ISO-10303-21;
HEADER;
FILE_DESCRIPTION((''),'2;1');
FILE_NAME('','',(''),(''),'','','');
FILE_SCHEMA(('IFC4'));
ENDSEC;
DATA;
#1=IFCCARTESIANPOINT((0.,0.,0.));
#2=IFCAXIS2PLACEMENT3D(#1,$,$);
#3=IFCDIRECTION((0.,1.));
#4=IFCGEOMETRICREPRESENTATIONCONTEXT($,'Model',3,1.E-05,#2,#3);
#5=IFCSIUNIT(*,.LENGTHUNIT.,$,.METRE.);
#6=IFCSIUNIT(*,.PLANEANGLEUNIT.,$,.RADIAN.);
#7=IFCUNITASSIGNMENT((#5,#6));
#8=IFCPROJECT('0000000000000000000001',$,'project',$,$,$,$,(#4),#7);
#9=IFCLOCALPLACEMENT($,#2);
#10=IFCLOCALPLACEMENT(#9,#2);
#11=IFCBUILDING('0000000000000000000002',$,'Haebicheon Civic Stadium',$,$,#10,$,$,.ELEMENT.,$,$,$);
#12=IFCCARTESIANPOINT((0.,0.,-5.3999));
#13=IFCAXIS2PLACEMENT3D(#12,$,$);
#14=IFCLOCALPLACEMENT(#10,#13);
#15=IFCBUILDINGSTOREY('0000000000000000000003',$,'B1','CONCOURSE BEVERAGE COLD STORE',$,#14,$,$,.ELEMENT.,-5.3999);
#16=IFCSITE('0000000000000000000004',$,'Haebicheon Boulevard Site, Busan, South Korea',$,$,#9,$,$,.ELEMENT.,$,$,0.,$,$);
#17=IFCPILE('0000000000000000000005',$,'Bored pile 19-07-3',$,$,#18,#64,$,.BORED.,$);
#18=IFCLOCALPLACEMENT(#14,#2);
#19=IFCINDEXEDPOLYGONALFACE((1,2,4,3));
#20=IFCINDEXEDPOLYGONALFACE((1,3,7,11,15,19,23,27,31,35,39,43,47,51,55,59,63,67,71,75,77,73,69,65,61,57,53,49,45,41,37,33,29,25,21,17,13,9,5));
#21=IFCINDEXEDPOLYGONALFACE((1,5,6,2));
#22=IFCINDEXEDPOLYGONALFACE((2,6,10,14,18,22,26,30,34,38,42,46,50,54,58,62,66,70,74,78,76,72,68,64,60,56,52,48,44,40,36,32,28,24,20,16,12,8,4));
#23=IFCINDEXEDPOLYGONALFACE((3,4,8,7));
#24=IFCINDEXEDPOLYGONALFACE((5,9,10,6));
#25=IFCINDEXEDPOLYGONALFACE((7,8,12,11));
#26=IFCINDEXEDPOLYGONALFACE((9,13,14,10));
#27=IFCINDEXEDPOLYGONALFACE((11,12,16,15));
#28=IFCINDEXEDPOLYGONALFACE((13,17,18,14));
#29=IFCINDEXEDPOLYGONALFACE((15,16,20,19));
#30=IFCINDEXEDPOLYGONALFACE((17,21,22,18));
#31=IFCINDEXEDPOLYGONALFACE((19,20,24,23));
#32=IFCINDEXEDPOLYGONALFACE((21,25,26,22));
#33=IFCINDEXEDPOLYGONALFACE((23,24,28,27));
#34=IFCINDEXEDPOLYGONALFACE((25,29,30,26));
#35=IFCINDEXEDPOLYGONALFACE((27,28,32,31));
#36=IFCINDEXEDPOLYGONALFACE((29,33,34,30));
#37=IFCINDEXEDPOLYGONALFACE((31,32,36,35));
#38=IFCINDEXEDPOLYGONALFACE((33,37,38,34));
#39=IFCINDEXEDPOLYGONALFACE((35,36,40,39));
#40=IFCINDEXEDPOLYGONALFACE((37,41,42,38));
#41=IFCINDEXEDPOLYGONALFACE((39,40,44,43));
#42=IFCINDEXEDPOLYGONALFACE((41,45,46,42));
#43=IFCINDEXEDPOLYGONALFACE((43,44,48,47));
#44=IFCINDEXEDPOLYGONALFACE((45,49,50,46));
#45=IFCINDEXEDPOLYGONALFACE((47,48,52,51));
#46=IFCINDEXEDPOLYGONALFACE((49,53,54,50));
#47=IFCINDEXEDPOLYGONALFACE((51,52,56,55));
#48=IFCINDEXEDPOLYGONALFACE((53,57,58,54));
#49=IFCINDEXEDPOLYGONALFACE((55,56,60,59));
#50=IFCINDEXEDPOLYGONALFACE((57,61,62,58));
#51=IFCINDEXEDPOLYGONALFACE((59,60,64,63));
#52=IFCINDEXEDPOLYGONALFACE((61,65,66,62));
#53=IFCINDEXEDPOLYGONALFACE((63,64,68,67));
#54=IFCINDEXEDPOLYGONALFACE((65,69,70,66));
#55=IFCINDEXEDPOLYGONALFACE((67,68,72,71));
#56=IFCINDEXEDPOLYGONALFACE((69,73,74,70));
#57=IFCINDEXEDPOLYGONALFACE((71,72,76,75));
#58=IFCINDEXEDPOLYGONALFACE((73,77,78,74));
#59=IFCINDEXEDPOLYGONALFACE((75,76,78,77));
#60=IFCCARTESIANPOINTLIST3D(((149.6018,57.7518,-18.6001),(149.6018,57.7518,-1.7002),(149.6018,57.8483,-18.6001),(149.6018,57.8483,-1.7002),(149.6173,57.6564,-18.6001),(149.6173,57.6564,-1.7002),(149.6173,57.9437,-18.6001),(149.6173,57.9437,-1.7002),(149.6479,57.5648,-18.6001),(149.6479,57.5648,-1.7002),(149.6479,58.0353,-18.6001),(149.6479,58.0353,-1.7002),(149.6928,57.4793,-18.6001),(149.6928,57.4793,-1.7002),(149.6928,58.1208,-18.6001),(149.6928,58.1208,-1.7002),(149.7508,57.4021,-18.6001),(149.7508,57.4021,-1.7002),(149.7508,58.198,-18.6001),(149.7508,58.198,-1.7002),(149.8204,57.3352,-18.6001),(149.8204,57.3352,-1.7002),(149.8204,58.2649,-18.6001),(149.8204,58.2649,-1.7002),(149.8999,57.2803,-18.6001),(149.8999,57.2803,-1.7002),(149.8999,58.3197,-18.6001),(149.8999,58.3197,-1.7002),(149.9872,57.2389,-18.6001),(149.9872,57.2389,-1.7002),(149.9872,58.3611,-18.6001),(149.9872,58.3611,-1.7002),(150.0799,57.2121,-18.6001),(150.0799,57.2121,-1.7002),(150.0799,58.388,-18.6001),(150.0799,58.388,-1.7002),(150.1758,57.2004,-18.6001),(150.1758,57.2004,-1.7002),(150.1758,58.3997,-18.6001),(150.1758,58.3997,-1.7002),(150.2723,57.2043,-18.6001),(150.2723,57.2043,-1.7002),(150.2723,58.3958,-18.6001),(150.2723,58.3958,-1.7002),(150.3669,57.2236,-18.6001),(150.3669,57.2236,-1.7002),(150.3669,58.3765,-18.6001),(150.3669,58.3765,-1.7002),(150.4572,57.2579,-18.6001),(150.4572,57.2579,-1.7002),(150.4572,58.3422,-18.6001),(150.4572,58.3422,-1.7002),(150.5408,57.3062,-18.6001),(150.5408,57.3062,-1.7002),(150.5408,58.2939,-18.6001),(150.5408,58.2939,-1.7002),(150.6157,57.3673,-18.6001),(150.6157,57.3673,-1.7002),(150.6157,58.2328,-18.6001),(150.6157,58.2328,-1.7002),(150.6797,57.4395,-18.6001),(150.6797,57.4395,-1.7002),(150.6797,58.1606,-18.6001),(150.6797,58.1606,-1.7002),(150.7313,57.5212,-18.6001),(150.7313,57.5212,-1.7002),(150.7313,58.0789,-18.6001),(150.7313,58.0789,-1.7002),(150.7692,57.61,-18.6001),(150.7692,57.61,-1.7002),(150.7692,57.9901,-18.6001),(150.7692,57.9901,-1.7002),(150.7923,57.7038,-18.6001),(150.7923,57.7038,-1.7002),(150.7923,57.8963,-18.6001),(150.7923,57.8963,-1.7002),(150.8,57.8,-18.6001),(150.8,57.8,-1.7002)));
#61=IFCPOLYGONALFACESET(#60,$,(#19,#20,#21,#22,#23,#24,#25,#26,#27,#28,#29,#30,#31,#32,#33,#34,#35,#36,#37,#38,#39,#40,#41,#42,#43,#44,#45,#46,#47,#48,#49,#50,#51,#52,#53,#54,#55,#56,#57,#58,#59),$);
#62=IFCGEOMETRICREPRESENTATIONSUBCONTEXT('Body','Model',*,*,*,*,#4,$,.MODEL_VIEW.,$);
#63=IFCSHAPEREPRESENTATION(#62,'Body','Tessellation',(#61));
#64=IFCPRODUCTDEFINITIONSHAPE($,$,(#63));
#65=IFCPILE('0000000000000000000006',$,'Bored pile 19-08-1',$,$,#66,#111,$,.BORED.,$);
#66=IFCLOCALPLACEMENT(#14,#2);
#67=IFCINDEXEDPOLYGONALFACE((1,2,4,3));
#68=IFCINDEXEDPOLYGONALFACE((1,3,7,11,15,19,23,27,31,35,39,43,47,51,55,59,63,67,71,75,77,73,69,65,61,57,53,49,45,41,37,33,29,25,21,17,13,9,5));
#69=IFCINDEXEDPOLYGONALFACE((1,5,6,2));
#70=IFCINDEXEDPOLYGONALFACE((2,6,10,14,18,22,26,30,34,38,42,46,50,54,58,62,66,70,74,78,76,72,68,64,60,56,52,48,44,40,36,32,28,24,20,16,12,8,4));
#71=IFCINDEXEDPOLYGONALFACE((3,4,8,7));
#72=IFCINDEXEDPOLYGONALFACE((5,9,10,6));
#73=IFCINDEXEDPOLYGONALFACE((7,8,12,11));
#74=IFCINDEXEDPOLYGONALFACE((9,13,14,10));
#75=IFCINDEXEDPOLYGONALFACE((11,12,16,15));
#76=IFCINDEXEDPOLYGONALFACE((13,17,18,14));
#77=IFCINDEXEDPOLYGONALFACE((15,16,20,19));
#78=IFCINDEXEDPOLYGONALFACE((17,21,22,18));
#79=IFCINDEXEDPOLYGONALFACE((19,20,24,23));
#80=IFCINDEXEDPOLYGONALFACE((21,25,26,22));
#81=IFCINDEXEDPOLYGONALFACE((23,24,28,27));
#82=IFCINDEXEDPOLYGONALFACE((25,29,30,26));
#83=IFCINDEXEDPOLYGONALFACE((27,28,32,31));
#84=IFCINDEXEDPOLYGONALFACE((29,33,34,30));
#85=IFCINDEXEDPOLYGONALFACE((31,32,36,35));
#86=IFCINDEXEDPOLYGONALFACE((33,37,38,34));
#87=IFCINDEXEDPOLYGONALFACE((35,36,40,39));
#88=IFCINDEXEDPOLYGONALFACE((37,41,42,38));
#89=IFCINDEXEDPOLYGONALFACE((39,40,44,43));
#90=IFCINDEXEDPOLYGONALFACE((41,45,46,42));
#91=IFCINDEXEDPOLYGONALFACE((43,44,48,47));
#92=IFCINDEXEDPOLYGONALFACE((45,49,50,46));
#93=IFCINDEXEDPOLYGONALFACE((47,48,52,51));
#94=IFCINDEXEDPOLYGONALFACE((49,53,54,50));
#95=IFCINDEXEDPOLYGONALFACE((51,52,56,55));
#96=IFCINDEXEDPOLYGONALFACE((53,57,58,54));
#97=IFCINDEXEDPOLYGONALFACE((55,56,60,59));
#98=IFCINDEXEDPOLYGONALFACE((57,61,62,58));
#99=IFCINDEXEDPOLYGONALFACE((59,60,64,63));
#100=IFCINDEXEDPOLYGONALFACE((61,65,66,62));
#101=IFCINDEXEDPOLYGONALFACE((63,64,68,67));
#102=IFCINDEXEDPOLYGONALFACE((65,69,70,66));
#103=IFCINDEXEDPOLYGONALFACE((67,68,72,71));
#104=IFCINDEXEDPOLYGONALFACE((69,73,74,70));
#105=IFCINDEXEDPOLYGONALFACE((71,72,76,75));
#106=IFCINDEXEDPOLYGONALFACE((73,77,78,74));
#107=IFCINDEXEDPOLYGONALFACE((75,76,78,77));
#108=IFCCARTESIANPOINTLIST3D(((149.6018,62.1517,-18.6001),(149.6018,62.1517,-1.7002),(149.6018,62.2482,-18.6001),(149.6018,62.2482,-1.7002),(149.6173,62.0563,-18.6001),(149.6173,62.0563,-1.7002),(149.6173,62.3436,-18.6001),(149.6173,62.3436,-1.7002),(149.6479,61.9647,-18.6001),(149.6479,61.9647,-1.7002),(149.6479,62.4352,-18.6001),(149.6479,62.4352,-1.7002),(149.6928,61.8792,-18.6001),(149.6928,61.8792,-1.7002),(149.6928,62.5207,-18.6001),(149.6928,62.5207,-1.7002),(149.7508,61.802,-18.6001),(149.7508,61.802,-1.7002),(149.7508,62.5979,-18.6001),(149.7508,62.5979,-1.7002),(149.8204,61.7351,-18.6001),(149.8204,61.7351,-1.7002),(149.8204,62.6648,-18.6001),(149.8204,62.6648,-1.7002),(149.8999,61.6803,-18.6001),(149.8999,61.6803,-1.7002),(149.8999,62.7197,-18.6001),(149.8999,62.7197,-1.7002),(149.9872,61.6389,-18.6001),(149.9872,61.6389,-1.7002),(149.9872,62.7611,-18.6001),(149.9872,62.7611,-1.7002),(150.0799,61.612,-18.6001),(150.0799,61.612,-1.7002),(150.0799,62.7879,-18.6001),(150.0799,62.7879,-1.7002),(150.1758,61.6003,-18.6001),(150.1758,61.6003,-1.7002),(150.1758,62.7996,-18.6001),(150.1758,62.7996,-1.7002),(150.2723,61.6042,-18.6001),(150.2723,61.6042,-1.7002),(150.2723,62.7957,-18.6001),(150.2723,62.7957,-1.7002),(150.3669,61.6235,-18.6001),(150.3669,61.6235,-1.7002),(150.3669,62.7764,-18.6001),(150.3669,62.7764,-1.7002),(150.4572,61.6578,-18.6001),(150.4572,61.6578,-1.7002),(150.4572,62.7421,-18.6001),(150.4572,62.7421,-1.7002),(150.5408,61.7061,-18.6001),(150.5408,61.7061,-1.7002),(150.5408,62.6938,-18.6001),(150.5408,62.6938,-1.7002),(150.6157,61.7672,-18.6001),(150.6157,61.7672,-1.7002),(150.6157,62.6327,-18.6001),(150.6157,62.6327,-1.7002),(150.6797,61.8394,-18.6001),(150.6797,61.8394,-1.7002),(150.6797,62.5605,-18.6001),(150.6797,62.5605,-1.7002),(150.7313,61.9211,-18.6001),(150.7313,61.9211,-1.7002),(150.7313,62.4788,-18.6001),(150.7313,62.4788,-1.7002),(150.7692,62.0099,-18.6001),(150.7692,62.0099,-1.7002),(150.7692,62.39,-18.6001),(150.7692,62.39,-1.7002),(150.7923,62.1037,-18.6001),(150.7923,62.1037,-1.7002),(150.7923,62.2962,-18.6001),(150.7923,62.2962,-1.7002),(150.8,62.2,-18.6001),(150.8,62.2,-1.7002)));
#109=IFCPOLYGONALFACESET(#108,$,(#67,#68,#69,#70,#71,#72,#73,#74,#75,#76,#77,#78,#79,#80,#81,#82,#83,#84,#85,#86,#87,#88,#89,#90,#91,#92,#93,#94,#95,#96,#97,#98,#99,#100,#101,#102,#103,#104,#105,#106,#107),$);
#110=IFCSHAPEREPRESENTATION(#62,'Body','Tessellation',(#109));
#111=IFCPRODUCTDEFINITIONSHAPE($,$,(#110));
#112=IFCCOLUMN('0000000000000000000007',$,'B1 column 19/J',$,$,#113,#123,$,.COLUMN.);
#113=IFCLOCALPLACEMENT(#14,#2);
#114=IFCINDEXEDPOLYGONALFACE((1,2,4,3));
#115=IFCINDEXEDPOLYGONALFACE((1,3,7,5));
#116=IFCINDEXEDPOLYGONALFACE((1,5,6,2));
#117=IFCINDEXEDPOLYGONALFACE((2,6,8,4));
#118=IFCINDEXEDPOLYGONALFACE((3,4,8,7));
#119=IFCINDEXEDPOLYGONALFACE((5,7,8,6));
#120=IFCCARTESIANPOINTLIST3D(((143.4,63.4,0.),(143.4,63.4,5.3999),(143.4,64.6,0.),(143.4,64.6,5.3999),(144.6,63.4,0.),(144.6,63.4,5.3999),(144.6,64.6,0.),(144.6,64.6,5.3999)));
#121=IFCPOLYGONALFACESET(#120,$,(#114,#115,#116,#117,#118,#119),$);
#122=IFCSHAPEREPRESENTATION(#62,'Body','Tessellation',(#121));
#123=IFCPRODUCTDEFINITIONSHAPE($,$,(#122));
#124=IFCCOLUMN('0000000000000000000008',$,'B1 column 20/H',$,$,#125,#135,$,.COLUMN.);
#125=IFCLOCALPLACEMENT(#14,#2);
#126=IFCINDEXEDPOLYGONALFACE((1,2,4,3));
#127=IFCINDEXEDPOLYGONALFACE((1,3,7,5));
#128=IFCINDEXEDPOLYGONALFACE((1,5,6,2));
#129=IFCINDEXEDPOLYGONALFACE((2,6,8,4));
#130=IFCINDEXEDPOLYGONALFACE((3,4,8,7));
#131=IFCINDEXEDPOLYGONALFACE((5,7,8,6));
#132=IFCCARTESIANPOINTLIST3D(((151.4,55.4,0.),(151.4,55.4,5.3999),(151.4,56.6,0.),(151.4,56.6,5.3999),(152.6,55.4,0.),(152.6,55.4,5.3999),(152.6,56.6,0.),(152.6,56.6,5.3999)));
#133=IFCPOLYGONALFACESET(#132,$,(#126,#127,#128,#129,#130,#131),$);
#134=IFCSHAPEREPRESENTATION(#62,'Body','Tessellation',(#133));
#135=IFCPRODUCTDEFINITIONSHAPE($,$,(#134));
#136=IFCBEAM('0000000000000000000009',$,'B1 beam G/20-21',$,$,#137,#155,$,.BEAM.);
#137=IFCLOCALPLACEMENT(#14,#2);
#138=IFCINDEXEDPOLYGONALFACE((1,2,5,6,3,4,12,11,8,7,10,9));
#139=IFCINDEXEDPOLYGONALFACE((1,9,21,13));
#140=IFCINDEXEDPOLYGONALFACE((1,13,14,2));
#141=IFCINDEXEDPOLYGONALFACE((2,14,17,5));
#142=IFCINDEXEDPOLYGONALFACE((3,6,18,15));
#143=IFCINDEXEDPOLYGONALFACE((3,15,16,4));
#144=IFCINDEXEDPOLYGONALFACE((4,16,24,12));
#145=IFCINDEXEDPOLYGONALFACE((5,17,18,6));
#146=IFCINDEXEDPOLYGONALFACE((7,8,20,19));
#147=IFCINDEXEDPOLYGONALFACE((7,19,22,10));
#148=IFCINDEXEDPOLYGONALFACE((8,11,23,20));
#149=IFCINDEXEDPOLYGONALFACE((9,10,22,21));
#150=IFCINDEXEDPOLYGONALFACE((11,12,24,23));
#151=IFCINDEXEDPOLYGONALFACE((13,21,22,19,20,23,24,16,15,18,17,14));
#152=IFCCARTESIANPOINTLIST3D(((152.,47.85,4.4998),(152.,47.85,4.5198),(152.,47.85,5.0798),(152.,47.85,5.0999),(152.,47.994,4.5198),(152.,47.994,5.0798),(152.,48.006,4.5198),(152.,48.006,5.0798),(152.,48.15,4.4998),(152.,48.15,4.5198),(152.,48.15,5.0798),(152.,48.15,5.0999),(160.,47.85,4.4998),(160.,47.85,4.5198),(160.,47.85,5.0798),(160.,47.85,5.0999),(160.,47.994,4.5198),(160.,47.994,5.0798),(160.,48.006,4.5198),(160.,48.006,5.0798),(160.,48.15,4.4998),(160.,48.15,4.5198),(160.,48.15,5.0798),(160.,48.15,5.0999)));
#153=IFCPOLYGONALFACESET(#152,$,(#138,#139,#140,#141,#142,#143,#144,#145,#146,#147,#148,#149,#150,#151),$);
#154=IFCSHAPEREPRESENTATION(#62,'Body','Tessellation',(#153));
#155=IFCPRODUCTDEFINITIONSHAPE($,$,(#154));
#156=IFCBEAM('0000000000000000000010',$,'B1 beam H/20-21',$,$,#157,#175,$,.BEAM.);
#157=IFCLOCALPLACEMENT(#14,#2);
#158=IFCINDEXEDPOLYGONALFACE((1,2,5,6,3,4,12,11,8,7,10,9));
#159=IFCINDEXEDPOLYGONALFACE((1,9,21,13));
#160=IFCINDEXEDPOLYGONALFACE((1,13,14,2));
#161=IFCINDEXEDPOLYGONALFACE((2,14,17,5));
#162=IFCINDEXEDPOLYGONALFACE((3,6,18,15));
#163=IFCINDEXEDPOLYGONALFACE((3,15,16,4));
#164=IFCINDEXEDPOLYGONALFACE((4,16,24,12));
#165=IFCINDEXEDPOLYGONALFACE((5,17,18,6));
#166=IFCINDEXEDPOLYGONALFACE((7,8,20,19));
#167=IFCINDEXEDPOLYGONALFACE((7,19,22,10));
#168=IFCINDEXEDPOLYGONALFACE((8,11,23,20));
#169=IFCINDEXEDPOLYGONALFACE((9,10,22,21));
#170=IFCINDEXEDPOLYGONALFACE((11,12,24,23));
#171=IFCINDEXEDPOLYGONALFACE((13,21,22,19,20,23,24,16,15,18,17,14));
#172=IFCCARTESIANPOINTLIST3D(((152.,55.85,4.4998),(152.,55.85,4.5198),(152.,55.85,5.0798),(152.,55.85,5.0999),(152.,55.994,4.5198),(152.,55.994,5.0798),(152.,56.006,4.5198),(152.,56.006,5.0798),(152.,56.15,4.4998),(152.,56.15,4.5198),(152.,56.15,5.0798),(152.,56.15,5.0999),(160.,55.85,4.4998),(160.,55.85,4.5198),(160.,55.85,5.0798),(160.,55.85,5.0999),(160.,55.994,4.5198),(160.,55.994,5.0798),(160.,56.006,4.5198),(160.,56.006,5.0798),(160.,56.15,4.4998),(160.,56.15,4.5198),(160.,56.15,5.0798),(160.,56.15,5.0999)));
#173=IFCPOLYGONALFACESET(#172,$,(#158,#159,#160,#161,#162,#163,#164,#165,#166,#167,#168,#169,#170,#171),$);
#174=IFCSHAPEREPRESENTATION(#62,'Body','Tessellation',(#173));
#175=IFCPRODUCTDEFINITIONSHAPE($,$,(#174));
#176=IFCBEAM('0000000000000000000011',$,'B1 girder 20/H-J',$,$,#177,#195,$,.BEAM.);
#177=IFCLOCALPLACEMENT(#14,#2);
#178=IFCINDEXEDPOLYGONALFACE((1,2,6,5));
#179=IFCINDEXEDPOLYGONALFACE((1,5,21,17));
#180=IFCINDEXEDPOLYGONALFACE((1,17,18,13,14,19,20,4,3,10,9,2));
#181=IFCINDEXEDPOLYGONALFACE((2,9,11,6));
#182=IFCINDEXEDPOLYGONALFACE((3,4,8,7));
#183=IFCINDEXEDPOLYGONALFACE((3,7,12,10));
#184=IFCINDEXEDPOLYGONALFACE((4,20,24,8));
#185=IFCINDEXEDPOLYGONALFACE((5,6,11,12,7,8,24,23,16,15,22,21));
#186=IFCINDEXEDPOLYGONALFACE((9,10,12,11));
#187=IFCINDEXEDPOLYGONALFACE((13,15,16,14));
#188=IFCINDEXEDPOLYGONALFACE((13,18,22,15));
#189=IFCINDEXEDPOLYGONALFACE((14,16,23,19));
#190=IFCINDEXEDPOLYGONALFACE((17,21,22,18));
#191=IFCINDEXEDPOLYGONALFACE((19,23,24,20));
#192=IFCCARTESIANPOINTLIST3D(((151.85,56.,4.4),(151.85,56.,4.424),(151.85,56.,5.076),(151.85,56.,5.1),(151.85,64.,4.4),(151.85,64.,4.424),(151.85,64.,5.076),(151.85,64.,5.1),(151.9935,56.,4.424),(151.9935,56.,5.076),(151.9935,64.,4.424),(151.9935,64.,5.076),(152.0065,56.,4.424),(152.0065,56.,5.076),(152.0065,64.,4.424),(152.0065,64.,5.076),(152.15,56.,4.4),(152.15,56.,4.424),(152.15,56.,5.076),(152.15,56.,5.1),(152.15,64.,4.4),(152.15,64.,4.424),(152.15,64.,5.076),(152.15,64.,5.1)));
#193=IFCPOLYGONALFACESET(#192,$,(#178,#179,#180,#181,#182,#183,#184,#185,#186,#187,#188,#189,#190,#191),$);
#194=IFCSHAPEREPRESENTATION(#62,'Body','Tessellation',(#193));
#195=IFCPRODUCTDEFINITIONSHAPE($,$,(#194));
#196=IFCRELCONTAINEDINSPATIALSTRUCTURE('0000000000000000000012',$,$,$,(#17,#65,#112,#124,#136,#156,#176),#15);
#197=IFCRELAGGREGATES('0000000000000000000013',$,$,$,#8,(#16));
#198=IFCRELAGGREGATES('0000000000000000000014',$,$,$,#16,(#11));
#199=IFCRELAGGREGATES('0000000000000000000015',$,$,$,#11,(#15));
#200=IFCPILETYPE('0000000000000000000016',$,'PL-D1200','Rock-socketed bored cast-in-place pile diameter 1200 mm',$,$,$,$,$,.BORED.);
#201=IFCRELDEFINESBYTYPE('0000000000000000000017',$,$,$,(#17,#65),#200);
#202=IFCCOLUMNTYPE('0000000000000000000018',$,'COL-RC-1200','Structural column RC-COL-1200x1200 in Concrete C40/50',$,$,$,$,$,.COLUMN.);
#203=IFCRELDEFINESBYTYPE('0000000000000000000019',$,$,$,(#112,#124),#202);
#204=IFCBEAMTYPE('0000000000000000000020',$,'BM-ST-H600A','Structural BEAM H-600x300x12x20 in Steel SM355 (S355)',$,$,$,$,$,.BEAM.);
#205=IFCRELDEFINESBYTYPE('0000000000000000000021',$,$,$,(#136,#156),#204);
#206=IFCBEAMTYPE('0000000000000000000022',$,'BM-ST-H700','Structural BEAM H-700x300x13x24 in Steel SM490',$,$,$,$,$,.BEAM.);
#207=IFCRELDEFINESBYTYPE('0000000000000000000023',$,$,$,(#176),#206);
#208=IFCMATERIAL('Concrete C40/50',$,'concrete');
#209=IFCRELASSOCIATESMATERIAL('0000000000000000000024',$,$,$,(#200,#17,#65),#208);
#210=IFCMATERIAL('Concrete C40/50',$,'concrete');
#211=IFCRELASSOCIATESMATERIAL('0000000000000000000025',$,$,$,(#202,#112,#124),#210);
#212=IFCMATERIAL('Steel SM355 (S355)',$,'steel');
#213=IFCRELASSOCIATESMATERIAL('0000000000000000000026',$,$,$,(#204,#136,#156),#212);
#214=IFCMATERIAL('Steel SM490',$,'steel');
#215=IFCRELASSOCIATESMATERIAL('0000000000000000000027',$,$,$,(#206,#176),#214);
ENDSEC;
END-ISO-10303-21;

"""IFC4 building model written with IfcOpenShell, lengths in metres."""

from ifc_helpers import new_model, si_unit, direction, frame, origin, origin_2d, place, context, subcontext, project, spatial, rectangle, circle, i_section, extrude, material, material_profile, profile_set, type_object, element, save


model = new_model("IFC4")

# Units and contexts
model_context = context("Model", 3, precision=1e-05, world=origin(), true_north=direction((0.0, 1.0)))
body_context = subcontext(model_context, "Body", "Model", "MODEL_VIEW")
ifc_project = project(units=[si_unit("LENGTHUNIT", "METRE"), si_unit("PLANEANGLEUNIT", "RADIAN")], contexts=[model_context])

# Site, building, storey
site_placement = place(None, origin())
site = spatial("IfcSite", under=ifc_project, at=site_placement, Name="Haebicheon Boulevard Site, Busan, South Korea", CompositionType="ELEMENT", RefElevation=0.0)
building_placement = place(site_placement, origin())
building = spatial("IfcBuilding", under=site, at=building_placement, Name="Haebicheon Civic Stadium", CompositionType="ELEMENT")
storey_placement = place(building_placement, frame((0.0, 0.0, -5.3999)))
storey = spatial("IfcBuildingStorey", under=building, at=storey_placement, Name="B1", Description="CONCOURSE BEVERAGE COLD STORE", CompositionType="ELEMENT", Elevation=-5.3999)

# Piles
ifc_material_1 = material(Name="Concrete C40/50", Category="concrete")
ifc_material_profile_1 = material_profile(ifc_material_1, circle(Radius=0.6001, at=origin_2d()), Name="PILE-D1200")
ifc_profile_set_1 = profile_set([ifc_material_profile_1], Name="Concrete C40/50")
pile_type_1 = type_object("IfcPileType", Name="PL-D1200", Description="Rock-socketed bored cast-in-place pile diameter 1200 mm", PredefinedType="BORED", material=ifc_profile_set_1)
for number, where, z_axis, x_axis, name in (
    (1, (150.2, 57.8, -1.7002), (0.0, 0.0, -1.0), (1.0, 0.0, 0.0), "Bored pile 19-07-3"),
    (2, (150.2, 62.2, -1.7002), (0.0, 0.0, -1.0), (1.0, 0.0, 0.0), "Bored pile 19-08-1"),
):
    element("IfcPile", number, at=place(storey_placement, frame(where, z_axis=z_axis, x_axis=x_axis)), inside=storey, type_object=pile_type_1, material=ifc_profile_set_1, Name=name, PredefinedType="BORED", context=body_context, shape_type="SweptSolid", body=[
        extrude(circle(Radius=0.6001, at=origin_2d()), origin(), (0.0, 0.0, 1.0), 16.8999),
    ])

# Columns
ifc_material_2 = material(Name="Concrete C40/50", Category="concrete")
ifc_material_profile_2 = material_profile(ifc_material_2, rectangle(XDim=1.2, YDim=1.2, at=origin_2d()), Name="RC-COL-1200x1200")
ifc_profile_set_2 = profile_set([ifc_material_profile_2], Name="Concrete C40/50")
column_type = type_object("IfcColumnType", Name="COL-RC-1200", Description="Structural column RC-COL-1200x1200 in Concrete C40/50", PredefinedType="COLUMN", material=ifc_profile_set_2)
for number, where, z_axis, x_axis, name in (
    (3, (144.0, 64.0, 0.0), (0.0, 0.0, 1.0), (1.0, 0.0, 0.0), "B1 column 19/J"),
    (4, (152.0, 56.0, 0.0), (0.0, 0.0, 1.0), (1.0, 0.0, 0.0), "B1 column 20/H"),
):
    element("IfcColumn", number, at=place(storey_placement, frame(where, z_axis=z_axis, x_axis=x_axis)), inside=storey, type_object=column_type, material=ifc_profile_set_2, Name=name, PredefinedType="COLUMN", context=body_context, shape_type="SweptSolid", body=[
        extrude(rectangle(XDim=1.2, YDim=1.2, at=origin_2d()), origin(), (0.0, 0.0, 1.0), 5.3999),
    ])

# Beams
ifc_material_3 = material(Name="Steel SM355 (S355)", Category="steel")
ifc_material_profile_3 = material_profile(ifc_material_3, i_section(OverallWidth=0.3, OverallDepth=0.6001, WebThickness=0.012, FlangeThickness=0.02, at=origin_2d()), Name="H-600x300x12x20")
ifc_profile_set_3 = profile_set([ifc_material_profile_3], Name="Steel SM355 (S355)")
beam_type_1 = type_object("IfcBeamType", Name="BM-ST-H600A", Description="Structural BEAM H-600x300x12x20 in Steel SM355 (S355)", PredefinedType="BEAM", material=ifc_profile_set_3)
for number, where, z_axis, x_axis, name in (
    (5, (152.0, 48.0, 4.7998), (1.0, 0.0, 0.0), (0.0, 1.0, 0.0), "B1 beam G/20-21"),
    (6, (152.0, 56.0, 4.7998), (1.0, 0.0, 0.0), (0.0, 1.0, 0.0), "B1 beam H/20-21"),
):
    element("IfcBeam", number, at=place(storey_placement, frame(where, z_axis=z_axis, x_axis=x_axis)), inside=storey, type_object=beam_type_1, material=ifc_profile_set_3, Name=name, PredefinedType="BEAM", context=body_context, shape_type="SweptSolid", body=[
        extrude(i_section(OverallWidth=0.3, OverallDepth=0.6001, WebThickness=0.012, FlangeThickness=0.02, at=origin_2d()), origin(), (0.0, 0.0, 1.0), 8.0),
    ])
ifc_material_4 = material(Name="Steel SM490", Category="steel")
ifc_material_profile_4 = material_profile(ifc_material_4, i_section(OverallWidth=0.3, OverallDepth=0.7, WebThickness=0.0129, FlangeThickness=0.0239, at=origin_2d()), Name="H-700x300x13x24")
ifc_profile_set_4 = profile_set([ifc_material_profile_4], Name="Steel SM490")
beam_type_2 = type_object("IfcBeamType", Name="BM-ST-H700", Description="Structural BEAM H-700x300x13x24 in Steel SM490", PredefinedType="BEAM", material=ifc_profile_set_4)
beam_placement = place(storey_placement, frame((152.0, 56.0, 4.75), z_axis=(0.0, 1.0, 0.0), x_axis=(-1.0, 0.0, 0.0)))
element("IfcBeam", 7, at=beam_placement, inside=storey, type_object=beam_type_2, material=ifc_profile_set_4, Name="B1 girder 20/H-J", PredefinedType="BEAM", context=body_context, shape_type="SweptSolid", body=[
    extrude(i_section(OverallWidth=0.3, OverallDepth=0.7, WebThickness=0.0129, FlangeThickness=0.0239, at=origin_2d()), origin(), (0.0, 0.0, 1.0), 8.0),
])

save(model, "model.ifc")
